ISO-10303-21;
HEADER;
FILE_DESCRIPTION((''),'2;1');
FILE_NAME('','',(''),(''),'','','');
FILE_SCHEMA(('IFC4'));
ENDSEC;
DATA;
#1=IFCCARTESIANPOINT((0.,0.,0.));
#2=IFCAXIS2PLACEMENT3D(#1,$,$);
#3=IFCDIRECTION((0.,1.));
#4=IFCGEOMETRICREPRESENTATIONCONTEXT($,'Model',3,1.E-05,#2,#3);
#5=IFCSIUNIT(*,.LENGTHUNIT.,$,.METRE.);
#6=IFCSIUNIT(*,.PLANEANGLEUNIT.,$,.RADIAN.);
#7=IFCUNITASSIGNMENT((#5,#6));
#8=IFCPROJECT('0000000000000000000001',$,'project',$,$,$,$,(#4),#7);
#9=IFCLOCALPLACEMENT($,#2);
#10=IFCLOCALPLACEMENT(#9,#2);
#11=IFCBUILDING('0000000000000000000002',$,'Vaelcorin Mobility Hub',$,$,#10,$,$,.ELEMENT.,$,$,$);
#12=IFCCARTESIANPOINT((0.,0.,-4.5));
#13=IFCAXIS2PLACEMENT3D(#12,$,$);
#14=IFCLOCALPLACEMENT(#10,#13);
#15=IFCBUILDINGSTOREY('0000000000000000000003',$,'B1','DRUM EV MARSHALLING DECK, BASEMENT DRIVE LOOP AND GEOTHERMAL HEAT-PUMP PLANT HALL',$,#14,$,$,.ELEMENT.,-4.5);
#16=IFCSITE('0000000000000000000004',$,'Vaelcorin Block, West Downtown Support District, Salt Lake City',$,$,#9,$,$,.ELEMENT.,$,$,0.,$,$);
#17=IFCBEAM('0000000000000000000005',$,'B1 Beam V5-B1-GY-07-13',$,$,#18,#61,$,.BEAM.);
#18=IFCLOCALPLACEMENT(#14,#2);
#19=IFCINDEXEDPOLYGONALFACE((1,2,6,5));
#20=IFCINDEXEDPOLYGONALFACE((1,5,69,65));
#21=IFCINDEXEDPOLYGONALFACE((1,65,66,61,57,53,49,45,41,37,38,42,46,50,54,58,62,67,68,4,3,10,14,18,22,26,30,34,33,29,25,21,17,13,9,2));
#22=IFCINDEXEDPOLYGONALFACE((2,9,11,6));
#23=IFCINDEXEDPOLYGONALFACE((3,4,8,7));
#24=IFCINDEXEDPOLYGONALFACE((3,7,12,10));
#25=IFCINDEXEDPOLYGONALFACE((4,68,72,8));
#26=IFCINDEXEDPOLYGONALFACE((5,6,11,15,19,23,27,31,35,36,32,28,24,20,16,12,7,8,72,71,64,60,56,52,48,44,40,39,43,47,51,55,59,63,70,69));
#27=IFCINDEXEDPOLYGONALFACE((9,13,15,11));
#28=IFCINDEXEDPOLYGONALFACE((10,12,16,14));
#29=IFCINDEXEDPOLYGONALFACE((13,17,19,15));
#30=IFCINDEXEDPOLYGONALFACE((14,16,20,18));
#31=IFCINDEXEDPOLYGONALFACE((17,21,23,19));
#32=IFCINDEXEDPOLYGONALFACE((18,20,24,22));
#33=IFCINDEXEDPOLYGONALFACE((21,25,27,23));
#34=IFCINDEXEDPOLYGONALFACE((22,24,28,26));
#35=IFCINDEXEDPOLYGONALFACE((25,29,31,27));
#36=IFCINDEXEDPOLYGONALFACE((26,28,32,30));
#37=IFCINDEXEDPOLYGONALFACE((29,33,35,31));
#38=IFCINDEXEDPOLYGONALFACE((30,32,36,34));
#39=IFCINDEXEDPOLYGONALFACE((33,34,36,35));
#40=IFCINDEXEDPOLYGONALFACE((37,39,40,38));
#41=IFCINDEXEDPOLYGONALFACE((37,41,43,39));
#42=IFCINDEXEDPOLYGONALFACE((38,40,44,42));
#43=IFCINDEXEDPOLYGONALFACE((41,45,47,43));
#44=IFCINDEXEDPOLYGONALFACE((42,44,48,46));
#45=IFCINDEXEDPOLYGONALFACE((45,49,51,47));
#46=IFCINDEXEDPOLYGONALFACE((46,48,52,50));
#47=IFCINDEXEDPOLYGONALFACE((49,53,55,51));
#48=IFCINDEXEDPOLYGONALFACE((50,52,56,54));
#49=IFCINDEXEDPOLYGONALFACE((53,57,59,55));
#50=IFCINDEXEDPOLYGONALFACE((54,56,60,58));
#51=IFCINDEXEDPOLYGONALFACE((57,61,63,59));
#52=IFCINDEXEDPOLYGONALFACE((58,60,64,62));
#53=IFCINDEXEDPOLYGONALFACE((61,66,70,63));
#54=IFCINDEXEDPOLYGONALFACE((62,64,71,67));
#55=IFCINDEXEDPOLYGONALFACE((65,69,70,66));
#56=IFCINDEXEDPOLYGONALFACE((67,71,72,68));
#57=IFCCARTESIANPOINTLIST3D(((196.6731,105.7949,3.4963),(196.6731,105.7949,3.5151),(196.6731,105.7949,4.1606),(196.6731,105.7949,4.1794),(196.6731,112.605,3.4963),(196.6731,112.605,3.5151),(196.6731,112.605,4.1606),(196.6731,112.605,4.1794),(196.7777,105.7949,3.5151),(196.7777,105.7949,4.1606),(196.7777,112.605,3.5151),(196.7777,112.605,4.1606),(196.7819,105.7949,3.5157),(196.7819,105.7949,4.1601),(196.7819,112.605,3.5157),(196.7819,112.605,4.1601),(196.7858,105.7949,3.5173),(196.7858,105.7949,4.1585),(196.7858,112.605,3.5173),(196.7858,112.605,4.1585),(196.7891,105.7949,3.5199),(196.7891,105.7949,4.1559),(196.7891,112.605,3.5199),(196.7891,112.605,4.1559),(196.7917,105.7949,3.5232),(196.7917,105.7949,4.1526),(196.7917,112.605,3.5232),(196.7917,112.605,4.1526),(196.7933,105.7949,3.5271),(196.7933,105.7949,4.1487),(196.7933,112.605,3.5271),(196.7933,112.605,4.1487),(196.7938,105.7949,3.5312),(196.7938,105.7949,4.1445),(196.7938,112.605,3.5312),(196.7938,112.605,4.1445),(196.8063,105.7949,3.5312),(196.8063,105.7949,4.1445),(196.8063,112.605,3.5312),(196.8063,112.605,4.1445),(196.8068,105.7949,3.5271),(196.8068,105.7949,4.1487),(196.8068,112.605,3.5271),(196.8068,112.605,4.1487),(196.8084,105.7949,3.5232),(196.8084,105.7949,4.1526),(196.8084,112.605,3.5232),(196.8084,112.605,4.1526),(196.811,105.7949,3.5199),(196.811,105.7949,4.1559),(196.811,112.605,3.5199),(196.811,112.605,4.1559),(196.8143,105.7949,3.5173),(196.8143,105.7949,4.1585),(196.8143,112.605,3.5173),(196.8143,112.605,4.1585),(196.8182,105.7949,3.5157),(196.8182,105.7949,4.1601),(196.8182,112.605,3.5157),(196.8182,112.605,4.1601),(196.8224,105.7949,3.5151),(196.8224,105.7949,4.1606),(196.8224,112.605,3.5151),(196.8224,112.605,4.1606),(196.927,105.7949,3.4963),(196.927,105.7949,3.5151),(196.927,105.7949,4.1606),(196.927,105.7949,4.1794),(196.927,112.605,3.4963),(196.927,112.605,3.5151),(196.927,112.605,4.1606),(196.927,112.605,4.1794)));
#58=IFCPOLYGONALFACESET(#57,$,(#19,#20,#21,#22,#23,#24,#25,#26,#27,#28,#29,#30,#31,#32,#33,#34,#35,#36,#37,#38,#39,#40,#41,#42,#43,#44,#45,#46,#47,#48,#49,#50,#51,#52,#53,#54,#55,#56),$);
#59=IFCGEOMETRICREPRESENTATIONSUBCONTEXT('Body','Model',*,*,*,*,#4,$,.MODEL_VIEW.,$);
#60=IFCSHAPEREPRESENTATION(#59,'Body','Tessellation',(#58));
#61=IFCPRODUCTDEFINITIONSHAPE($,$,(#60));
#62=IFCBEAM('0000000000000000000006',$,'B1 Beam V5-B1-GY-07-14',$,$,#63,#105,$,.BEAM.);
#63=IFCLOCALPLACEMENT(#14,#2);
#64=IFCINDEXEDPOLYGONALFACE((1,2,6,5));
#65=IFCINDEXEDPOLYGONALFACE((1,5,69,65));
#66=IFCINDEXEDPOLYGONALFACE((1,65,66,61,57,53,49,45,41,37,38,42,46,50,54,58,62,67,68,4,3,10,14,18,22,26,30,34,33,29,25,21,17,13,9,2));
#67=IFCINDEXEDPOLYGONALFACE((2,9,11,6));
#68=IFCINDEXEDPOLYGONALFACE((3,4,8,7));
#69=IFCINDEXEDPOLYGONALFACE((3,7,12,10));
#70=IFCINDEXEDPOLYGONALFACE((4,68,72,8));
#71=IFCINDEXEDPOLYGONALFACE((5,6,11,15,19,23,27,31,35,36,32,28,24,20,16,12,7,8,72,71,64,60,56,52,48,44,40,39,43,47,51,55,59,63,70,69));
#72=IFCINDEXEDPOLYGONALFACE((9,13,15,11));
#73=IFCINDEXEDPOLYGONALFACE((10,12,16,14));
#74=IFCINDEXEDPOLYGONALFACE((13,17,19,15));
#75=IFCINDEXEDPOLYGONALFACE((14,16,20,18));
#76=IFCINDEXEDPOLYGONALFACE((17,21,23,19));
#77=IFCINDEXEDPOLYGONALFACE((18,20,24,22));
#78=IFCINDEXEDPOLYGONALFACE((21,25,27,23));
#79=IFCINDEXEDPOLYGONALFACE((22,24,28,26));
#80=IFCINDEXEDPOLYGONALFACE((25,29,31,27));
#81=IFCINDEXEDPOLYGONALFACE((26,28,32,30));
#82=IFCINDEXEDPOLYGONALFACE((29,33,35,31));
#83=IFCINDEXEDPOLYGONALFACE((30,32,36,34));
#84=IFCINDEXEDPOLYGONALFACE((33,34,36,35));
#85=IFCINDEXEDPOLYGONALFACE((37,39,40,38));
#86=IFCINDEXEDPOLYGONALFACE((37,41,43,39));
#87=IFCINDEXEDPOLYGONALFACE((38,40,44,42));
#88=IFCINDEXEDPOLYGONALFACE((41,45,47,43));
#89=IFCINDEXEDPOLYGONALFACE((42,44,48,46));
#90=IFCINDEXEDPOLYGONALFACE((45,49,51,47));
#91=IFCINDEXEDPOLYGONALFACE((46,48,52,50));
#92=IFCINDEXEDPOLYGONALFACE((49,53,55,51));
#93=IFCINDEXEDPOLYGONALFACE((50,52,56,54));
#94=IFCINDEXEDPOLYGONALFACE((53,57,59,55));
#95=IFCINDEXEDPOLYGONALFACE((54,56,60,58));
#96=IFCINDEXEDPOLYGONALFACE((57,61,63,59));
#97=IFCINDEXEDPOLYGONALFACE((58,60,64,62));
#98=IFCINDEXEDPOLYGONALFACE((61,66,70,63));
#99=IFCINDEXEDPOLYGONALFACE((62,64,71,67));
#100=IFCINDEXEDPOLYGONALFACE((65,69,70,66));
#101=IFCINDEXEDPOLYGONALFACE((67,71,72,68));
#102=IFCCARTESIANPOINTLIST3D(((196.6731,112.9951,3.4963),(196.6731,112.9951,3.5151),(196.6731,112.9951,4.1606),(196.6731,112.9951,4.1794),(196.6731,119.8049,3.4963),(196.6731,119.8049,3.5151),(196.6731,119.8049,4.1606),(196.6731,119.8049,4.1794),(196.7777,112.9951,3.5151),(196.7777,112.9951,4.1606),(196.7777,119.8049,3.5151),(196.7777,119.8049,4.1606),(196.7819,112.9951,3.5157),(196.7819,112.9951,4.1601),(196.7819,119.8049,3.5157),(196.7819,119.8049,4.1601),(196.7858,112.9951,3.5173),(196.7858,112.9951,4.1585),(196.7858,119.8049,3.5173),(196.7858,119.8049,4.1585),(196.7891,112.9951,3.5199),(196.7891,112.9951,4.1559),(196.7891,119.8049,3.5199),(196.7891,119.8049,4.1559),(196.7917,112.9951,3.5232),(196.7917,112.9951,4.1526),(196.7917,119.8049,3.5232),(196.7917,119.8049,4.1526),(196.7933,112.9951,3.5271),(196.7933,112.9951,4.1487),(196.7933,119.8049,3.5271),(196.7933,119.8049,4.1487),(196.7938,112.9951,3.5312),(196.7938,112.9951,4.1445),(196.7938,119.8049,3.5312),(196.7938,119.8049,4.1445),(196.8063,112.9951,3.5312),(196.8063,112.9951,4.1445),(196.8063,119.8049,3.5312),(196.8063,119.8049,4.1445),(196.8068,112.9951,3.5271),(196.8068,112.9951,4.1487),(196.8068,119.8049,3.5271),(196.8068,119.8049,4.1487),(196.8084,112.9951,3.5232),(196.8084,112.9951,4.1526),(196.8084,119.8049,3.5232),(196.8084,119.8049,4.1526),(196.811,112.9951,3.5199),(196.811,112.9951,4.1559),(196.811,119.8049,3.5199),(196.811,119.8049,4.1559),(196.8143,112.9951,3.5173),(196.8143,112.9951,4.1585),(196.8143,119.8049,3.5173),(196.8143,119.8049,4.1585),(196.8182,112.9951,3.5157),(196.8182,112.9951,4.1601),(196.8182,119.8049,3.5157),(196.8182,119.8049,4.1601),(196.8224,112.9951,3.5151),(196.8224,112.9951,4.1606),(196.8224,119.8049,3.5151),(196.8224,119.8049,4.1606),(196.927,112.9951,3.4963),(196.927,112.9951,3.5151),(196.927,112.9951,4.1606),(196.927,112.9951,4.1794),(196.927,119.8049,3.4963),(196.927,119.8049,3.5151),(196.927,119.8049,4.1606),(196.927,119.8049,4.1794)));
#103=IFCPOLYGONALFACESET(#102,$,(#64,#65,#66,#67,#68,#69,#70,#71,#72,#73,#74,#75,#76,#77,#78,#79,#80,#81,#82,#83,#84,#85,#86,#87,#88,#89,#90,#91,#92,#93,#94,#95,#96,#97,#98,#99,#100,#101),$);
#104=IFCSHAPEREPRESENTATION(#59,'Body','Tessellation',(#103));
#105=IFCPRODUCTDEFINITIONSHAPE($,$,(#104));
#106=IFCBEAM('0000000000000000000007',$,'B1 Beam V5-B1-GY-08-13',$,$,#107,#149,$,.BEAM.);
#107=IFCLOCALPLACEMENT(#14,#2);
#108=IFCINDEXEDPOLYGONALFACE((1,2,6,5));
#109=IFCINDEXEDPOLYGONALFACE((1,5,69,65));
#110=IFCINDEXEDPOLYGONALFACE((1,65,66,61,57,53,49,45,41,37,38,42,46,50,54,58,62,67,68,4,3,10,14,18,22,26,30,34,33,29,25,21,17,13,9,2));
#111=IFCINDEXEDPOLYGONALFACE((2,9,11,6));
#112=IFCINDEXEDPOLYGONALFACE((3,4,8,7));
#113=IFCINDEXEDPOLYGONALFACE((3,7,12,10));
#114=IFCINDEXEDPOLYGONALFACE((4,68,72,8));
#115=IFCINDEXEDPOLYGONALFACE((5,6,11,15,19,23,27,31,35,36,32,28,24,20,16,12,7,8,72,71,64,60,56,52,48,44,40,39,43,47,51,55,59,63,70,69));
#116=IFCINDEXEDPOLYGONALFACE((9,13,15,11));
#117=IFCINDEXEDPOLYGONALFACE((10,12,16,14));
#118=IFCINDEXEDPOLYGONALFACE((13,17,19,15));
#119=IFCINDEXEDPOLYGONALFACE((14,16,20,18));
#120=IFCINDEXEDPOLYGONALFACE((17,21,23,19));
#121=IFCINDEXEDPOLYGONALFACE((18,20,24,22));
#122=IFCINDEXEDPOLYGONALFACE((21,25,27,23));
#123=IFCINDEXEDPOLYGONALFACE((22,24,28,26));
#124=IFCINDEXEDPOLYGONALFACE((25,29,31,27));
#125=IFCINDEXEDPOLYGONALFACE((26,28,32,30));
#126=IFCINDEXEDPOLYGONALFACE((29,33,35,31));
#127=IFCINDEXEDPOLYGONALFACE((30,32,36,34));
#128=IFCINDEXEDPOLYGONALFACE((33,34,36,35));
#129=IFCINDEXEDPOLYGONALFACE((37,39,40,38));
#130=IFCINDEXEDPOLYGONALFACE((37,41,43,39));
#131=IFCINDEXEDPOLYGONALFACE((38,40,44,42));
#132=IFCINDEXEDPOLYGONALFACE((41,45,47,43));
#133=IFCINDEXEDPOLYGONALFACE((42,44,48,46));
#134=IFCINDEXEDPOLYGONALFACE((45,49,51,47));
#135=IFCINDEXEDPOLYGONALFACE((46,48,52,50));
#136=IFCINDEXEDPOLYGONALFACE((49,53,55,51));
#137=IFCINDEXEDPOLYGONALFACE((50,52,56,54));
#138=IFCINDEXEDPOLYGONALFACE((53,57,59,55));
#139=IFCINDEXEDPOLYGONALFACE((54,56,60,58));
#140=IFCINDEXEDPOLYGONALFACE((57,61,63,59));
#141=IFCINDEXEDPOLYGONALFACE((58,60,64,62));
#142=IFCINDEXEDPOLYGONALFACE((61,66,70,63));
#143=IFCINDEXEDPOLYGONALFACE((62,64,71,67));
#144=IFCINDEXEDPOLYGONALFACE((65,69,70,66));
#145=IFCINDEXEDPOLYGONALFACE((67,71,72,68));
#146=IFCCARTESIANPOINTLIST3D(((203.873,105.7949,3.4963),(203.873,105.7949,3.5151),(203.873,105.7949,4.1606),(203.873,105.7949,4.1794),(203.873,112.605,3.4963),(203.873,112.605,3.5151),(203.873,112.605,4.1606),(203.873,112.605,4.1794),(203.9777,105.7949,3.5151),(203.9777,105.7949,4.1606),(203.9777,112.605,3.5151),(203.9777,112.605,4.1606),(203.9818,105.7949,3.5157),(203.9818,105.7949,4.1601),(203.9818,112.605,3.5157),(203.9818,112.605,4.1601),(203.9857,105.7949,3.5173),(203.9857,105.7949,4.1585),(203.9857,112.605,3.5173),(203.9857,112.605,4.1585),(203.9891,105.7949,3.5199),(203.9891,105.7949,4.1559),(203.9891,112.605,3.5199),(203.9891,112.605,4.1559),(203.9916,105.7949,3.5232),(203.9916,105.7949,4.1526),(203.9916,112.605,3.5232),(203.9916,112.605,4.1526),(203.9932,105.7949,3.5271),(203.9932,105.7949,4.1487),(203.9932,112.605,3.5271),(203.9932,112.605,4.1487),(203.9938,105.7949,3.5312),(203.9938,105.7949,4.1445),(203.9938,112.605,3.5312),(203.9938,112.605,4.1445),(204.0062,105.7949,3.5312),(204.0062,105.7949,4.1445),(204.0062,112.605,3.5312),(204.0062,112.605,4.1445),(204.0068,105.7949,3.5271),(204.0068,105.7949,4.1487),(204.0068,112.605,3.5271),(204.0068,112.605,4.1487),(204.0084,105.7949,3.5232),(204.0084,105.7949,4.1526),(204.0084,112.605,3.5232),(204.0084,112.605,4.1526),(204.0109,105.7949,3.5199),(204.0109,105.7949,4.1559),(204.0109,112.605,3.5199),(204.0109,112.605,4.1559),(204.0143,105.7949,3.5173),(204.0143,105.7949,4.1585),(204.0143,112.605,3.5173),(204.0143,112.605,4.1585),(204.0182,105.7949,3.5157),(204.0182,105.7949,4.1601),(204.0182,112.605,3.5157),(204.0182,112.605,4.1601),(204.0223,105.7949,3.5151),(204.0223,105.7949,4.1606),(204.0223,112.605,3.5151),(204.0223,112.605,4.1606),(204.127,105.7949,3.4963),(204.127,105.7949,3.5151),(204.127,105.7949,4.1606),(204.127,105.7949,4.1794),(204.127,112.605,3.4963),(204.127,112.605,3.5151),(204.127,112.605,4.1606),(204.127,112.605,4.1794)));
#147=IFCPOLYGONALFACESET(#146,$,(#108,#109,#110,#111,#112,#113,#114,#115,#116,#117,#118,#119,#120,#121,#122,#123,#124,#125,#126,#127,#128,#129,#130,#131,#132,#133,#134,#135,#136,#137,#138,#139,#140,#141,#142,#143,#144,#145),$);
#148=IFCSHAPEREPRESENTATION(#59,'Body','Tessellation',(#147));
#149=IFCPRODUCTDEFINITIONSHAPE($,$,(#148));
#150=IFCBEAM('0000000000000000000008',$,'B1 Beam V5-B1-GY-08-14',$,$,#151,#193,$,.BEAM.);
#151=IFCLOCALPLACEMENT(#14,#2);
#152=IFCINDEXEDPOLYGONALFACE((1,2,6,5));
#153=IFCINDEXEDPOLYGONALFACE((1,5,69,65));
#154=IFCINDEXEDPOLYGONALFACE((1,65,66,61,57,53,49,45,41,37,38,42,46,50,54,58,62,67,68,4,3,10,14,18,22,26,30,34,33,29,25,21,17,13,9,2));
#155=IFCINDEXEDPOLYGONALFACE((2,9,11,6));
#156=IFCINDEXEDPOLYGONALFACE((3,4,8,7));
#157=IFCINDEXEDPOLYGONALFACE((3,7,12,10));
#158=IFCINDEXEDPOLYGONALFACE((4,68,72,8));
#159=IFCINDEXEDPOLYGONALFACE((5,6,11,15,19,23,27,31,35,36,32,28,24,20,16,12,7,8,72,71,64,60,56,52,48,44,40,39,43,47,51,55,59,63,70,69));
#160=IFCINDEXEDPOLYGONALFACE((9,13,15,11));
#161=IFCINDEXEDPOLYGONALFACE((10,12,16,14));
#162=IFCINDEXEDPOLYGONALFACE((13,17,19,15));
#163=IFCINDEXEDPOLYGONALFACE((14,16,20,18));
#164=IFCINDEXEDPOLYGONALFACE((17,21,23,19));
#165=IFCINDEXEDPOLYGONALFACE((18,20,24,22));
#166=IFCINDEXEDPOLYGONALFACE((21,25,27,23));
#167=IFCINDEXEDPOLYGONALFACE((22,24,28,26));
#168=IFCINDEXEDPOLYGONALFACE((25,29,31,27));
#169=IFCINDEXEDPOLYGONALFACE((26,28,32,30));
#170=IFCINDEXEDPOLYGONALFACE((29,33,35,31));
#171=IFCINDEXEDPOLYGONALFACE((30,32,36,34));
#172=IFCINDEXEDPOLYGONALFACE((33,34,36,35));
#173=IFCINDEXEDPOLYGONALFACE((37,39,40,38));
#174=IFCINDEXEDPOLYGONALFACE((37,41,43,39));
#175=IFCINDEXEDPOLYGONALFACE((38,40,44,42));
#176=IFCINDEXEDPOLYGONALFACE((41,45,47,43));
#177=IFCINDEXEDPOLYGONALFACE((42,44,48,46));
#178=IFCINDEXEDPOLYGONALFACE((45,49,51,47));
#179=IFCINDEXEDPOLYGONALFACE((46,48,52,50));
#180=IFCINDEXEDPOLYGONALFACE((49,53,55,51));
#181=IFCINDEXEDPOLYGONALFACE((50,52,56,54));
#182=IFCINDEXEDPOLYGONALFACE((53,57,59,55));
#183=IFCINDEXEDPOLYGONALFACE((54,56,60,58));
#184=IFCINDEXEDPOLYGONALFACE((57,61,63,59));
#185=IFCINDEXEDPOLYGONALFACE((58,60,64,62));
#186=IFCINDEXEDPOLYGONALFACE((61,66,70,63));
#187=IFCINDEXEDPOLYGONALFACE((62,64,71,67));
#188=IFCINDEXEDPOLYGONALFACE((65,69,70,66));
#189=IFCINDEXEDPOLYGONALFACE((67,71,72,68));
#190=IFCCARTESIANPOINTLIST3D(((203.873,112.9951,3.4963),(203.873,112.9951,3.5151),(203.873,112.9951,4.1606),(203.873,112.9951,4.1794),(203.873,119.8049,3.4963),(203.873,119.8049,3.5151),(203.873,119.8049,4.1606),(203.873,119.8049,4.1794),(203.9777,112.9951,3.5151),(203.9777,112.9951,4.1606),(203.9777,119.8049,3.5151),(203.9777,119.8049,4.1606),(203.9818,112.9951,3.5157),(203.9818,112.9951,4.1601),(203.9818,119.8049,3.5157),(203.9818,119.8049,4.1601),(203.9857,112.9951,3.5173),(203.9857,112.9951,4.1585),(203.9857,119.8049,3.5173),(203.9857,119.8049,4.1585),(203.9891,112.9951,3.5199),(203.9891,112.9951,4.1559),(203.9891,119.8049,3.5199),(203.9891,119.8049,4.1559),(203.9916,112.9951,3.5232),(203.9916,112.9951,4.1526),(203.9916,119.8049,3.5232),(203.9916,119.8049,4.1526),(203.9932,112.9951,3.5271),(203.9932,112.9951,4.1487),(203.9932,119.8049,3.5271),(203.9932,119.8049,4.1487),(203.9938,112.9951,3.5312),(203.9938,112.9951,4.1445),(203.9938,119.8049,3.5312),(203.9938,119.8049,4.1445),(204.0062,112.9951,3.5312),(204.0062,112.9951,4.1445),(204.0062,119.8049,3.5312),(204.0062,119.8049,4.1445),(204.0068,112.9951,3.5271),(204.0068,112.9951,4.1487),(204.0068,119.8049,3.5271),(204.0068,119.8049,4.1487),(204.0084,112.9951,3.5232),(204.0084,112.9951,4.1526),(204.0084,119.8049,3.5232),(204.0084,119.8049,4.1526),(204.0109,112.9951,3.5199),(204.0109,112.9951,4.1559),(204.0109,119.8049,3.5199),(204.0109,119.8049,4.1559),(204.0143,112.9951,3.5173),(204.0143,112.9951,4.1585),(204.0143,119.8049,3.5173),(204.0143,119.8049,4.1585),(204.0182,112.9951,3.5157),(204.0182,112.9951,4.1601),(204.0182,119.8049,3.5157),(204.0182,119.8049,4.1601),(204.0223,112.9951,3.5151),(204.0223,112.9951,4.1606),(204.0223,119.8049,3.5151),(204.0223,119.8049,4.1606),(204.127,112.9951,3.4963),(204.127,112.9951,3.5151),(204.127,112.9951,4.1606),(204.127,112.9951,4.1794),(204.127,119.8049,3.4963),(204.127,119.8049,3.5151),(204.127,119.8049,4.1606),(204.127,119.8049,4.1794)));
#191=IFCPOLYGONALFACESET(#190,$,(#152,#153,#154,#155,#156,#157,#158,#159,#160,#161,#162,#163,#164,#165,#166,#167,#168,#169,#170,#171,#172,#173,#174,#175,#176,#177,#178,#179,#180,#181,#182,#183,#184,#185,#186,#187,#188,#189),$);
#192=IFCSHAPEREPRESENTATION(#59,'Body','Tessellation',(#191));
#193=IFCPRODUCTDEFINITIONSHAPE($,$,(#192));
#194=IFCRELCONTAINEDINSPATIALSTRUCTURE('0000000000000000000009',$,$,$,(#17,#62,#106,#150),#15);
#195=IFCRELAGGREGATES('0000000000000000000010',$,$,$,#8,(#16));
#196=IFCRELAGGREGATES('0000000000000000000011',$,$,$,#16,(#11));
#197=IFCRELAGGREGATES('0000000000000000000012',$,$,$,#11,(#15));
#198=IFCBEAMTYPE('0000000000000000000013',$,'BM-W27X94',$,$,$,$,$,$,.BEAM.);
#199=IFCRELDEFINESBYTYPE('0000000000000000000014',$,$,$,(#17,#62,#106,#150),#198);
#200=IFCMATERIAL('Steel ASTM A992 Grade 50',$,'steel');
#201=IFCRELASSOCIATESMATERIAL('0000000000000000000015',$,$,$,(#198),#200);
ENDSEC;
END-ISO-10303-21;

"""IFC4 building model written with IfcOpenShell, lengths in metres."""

from ifc_helpers import new_model, si_unit, direction, frame, origin, origin_2d, place, context, subcontext, project, spatial, i_section, extrude, material, material_profile, profile_set, type_object, element, save


model = new_model("IFC4")

# Units and contexts
model_context = context("Model", 3, precision=1e-05, world=origin(), true_north=direction((0.0, 1.0)))
body_context = subcontext(model_context, "Body", "Model", "MODEL_VIEW")
ifc_project = project(units=[si_unit("LENGTHUNIT", "METRE"), si_unit("PLANEANGLEUNIT", "RADIAN")], contexts=[model_context])

# Site, building, storey
site_placement = place(None, origin())
site = spatial("IfcSite", under=ifc_project, at=site_placement, Name="Vaelcorin Block, West Downtown Support District, Salt Lake City", CompositionType="ELEMENT", RefElevation=0.0)
building_placement = place(site_placement, origin())
building = spatial("IfcBuilding", under=site, at=building_placement, Name="Vaelcorin Mobility Hub", CompositionType="ELEMENT")
storey_placement = place(building_placement, frame((0.0, 0.0, -4.5)))
storey = spatial("IfcBuildingStorey", under=building, at=storey_placement, Name="B1", Description="DRUM EV MARSHALLING DECK, BASEMENT DRIVE LOOP AND GEOTHERMAL HEAT-PUMP PLANT HALL", CompositionType="ELEMENT", Elevation=-4.5)

# Shared definitions
ifc_material_1 = material(Name="Steel ASTM A992 Grade 50", Category="steel")

# Beams
ifc_material_profile_1 = material_profile(ifc_material_1, i_section(OverallWidth=0.2539, OverallDepth=0.6831, WebThickness=0.0125, FlangeThickness=0.0188, FilletRadius=0.0161, at=origin_2d()), Name="W27X94")
ifc_profile_set_1 = profile_set([ifc_material_profile_1], Name="Steel ASTM A992 Grade 50")
beam_type_1 = type_object("IfcBeamType", Name="BM-W27X94", PredefinedType="BEAM", material=ifc_profile_set_1)
beam_1_placement = place(storey_placement, frame((196.8, 105.7949, 3.8379), z_axis=(0.0, 1.0, 0.0), x_axis=(-1.0, 0.0, 0.0)))
element("IfcBeam", 1, at=beam_1_placement, inside=storey, type_object=beam_type_1, Name="B1 Beam V5-B1-GY-07-13", PredefinedType="BEAM", context=body_context, shape_type="SweptSolid", body=[
    extrude(i_section(OverallWidth=0.2539, OverallDepth=0.6831, WebThickness=0.0125, FlangeThickness=0.0188, FilletRadius=0.0161, at=origin_2d()), origin(), (0.0, 0.0, 1.0), 6.8101),
])
beam_2_placement = place(storey_placement, frame((196.8, 112.9951, 3.8379), z_axis=(0.0, 1.0, 0.0), x_axis=(-1.0, 0.0, 0.0)))
element("IfcBeam", 2, at=beam_2_placement, inside=storey, type_object=beam_type_1, Name="B1 Beam V5-B1-GY-07-14", PredefinedType="BEAM", context=body_context, shape_type="SweptSolid", body=[
    extrude(i_section(OverallWidth=0.2539, OverallDepth=0.6831, WebThickness=0.0125, FlangeThickness=0.0188, FilletRadius=0.0161, at=origin_2d()), origin(), (0.0, 0.0, 1.0), 6.8098),
])
beam_3_placement = place(storey_placement, frame((204.0, 105.7949, 3.8379), z_axis=(0.0, 1.0, 0.0), x_axis=(-1.0, 0.0, 0.0)))
element("IfcBeam", 3, at=beam_3_placement, inside=storey, type_object=beam_type_1, Name="B1 Beam V5-B1-GY-08-13", PredefinedType="BEAM", context=body_context, shape_type="SweptSolid", body=[
    extrude(i_section(OverallWidth=0.2539, OverallDepth=0.6831, WebThickness=0.0125, FlangeThickness=0.0188, FilletRadius=0.0161, at=origin_2d()), origin(), (0.0, 0.0, 1.0), 6.8101),
])
beam_4_placement = place(storey_placement, frame((204.0, 112.9951, 3.8379), z_axis=(0.0, 1.0, 0.0), x_axis=(-1.0, 0.0, 0.0)))
element("IfcBeam", 4, at=beam_4_placement, inside=storey, type_object=beam_type_1, Name="B1 Beam V5-B1-GY-08-14", PredefinedType="BEAM", context=body_context, shape_type="SweptSolid", body=[
    extrude(i_section(OverallWidth=0.2539, OverallDepth=0.6831, WebThickness=0.0125, FlangeThickness=0.0188, FilletRadius=0.0161, at=origin_2d()), origin(), (0.0, 0.0, 1.0), 6.8098),
])

save(model, "model.ifc")
